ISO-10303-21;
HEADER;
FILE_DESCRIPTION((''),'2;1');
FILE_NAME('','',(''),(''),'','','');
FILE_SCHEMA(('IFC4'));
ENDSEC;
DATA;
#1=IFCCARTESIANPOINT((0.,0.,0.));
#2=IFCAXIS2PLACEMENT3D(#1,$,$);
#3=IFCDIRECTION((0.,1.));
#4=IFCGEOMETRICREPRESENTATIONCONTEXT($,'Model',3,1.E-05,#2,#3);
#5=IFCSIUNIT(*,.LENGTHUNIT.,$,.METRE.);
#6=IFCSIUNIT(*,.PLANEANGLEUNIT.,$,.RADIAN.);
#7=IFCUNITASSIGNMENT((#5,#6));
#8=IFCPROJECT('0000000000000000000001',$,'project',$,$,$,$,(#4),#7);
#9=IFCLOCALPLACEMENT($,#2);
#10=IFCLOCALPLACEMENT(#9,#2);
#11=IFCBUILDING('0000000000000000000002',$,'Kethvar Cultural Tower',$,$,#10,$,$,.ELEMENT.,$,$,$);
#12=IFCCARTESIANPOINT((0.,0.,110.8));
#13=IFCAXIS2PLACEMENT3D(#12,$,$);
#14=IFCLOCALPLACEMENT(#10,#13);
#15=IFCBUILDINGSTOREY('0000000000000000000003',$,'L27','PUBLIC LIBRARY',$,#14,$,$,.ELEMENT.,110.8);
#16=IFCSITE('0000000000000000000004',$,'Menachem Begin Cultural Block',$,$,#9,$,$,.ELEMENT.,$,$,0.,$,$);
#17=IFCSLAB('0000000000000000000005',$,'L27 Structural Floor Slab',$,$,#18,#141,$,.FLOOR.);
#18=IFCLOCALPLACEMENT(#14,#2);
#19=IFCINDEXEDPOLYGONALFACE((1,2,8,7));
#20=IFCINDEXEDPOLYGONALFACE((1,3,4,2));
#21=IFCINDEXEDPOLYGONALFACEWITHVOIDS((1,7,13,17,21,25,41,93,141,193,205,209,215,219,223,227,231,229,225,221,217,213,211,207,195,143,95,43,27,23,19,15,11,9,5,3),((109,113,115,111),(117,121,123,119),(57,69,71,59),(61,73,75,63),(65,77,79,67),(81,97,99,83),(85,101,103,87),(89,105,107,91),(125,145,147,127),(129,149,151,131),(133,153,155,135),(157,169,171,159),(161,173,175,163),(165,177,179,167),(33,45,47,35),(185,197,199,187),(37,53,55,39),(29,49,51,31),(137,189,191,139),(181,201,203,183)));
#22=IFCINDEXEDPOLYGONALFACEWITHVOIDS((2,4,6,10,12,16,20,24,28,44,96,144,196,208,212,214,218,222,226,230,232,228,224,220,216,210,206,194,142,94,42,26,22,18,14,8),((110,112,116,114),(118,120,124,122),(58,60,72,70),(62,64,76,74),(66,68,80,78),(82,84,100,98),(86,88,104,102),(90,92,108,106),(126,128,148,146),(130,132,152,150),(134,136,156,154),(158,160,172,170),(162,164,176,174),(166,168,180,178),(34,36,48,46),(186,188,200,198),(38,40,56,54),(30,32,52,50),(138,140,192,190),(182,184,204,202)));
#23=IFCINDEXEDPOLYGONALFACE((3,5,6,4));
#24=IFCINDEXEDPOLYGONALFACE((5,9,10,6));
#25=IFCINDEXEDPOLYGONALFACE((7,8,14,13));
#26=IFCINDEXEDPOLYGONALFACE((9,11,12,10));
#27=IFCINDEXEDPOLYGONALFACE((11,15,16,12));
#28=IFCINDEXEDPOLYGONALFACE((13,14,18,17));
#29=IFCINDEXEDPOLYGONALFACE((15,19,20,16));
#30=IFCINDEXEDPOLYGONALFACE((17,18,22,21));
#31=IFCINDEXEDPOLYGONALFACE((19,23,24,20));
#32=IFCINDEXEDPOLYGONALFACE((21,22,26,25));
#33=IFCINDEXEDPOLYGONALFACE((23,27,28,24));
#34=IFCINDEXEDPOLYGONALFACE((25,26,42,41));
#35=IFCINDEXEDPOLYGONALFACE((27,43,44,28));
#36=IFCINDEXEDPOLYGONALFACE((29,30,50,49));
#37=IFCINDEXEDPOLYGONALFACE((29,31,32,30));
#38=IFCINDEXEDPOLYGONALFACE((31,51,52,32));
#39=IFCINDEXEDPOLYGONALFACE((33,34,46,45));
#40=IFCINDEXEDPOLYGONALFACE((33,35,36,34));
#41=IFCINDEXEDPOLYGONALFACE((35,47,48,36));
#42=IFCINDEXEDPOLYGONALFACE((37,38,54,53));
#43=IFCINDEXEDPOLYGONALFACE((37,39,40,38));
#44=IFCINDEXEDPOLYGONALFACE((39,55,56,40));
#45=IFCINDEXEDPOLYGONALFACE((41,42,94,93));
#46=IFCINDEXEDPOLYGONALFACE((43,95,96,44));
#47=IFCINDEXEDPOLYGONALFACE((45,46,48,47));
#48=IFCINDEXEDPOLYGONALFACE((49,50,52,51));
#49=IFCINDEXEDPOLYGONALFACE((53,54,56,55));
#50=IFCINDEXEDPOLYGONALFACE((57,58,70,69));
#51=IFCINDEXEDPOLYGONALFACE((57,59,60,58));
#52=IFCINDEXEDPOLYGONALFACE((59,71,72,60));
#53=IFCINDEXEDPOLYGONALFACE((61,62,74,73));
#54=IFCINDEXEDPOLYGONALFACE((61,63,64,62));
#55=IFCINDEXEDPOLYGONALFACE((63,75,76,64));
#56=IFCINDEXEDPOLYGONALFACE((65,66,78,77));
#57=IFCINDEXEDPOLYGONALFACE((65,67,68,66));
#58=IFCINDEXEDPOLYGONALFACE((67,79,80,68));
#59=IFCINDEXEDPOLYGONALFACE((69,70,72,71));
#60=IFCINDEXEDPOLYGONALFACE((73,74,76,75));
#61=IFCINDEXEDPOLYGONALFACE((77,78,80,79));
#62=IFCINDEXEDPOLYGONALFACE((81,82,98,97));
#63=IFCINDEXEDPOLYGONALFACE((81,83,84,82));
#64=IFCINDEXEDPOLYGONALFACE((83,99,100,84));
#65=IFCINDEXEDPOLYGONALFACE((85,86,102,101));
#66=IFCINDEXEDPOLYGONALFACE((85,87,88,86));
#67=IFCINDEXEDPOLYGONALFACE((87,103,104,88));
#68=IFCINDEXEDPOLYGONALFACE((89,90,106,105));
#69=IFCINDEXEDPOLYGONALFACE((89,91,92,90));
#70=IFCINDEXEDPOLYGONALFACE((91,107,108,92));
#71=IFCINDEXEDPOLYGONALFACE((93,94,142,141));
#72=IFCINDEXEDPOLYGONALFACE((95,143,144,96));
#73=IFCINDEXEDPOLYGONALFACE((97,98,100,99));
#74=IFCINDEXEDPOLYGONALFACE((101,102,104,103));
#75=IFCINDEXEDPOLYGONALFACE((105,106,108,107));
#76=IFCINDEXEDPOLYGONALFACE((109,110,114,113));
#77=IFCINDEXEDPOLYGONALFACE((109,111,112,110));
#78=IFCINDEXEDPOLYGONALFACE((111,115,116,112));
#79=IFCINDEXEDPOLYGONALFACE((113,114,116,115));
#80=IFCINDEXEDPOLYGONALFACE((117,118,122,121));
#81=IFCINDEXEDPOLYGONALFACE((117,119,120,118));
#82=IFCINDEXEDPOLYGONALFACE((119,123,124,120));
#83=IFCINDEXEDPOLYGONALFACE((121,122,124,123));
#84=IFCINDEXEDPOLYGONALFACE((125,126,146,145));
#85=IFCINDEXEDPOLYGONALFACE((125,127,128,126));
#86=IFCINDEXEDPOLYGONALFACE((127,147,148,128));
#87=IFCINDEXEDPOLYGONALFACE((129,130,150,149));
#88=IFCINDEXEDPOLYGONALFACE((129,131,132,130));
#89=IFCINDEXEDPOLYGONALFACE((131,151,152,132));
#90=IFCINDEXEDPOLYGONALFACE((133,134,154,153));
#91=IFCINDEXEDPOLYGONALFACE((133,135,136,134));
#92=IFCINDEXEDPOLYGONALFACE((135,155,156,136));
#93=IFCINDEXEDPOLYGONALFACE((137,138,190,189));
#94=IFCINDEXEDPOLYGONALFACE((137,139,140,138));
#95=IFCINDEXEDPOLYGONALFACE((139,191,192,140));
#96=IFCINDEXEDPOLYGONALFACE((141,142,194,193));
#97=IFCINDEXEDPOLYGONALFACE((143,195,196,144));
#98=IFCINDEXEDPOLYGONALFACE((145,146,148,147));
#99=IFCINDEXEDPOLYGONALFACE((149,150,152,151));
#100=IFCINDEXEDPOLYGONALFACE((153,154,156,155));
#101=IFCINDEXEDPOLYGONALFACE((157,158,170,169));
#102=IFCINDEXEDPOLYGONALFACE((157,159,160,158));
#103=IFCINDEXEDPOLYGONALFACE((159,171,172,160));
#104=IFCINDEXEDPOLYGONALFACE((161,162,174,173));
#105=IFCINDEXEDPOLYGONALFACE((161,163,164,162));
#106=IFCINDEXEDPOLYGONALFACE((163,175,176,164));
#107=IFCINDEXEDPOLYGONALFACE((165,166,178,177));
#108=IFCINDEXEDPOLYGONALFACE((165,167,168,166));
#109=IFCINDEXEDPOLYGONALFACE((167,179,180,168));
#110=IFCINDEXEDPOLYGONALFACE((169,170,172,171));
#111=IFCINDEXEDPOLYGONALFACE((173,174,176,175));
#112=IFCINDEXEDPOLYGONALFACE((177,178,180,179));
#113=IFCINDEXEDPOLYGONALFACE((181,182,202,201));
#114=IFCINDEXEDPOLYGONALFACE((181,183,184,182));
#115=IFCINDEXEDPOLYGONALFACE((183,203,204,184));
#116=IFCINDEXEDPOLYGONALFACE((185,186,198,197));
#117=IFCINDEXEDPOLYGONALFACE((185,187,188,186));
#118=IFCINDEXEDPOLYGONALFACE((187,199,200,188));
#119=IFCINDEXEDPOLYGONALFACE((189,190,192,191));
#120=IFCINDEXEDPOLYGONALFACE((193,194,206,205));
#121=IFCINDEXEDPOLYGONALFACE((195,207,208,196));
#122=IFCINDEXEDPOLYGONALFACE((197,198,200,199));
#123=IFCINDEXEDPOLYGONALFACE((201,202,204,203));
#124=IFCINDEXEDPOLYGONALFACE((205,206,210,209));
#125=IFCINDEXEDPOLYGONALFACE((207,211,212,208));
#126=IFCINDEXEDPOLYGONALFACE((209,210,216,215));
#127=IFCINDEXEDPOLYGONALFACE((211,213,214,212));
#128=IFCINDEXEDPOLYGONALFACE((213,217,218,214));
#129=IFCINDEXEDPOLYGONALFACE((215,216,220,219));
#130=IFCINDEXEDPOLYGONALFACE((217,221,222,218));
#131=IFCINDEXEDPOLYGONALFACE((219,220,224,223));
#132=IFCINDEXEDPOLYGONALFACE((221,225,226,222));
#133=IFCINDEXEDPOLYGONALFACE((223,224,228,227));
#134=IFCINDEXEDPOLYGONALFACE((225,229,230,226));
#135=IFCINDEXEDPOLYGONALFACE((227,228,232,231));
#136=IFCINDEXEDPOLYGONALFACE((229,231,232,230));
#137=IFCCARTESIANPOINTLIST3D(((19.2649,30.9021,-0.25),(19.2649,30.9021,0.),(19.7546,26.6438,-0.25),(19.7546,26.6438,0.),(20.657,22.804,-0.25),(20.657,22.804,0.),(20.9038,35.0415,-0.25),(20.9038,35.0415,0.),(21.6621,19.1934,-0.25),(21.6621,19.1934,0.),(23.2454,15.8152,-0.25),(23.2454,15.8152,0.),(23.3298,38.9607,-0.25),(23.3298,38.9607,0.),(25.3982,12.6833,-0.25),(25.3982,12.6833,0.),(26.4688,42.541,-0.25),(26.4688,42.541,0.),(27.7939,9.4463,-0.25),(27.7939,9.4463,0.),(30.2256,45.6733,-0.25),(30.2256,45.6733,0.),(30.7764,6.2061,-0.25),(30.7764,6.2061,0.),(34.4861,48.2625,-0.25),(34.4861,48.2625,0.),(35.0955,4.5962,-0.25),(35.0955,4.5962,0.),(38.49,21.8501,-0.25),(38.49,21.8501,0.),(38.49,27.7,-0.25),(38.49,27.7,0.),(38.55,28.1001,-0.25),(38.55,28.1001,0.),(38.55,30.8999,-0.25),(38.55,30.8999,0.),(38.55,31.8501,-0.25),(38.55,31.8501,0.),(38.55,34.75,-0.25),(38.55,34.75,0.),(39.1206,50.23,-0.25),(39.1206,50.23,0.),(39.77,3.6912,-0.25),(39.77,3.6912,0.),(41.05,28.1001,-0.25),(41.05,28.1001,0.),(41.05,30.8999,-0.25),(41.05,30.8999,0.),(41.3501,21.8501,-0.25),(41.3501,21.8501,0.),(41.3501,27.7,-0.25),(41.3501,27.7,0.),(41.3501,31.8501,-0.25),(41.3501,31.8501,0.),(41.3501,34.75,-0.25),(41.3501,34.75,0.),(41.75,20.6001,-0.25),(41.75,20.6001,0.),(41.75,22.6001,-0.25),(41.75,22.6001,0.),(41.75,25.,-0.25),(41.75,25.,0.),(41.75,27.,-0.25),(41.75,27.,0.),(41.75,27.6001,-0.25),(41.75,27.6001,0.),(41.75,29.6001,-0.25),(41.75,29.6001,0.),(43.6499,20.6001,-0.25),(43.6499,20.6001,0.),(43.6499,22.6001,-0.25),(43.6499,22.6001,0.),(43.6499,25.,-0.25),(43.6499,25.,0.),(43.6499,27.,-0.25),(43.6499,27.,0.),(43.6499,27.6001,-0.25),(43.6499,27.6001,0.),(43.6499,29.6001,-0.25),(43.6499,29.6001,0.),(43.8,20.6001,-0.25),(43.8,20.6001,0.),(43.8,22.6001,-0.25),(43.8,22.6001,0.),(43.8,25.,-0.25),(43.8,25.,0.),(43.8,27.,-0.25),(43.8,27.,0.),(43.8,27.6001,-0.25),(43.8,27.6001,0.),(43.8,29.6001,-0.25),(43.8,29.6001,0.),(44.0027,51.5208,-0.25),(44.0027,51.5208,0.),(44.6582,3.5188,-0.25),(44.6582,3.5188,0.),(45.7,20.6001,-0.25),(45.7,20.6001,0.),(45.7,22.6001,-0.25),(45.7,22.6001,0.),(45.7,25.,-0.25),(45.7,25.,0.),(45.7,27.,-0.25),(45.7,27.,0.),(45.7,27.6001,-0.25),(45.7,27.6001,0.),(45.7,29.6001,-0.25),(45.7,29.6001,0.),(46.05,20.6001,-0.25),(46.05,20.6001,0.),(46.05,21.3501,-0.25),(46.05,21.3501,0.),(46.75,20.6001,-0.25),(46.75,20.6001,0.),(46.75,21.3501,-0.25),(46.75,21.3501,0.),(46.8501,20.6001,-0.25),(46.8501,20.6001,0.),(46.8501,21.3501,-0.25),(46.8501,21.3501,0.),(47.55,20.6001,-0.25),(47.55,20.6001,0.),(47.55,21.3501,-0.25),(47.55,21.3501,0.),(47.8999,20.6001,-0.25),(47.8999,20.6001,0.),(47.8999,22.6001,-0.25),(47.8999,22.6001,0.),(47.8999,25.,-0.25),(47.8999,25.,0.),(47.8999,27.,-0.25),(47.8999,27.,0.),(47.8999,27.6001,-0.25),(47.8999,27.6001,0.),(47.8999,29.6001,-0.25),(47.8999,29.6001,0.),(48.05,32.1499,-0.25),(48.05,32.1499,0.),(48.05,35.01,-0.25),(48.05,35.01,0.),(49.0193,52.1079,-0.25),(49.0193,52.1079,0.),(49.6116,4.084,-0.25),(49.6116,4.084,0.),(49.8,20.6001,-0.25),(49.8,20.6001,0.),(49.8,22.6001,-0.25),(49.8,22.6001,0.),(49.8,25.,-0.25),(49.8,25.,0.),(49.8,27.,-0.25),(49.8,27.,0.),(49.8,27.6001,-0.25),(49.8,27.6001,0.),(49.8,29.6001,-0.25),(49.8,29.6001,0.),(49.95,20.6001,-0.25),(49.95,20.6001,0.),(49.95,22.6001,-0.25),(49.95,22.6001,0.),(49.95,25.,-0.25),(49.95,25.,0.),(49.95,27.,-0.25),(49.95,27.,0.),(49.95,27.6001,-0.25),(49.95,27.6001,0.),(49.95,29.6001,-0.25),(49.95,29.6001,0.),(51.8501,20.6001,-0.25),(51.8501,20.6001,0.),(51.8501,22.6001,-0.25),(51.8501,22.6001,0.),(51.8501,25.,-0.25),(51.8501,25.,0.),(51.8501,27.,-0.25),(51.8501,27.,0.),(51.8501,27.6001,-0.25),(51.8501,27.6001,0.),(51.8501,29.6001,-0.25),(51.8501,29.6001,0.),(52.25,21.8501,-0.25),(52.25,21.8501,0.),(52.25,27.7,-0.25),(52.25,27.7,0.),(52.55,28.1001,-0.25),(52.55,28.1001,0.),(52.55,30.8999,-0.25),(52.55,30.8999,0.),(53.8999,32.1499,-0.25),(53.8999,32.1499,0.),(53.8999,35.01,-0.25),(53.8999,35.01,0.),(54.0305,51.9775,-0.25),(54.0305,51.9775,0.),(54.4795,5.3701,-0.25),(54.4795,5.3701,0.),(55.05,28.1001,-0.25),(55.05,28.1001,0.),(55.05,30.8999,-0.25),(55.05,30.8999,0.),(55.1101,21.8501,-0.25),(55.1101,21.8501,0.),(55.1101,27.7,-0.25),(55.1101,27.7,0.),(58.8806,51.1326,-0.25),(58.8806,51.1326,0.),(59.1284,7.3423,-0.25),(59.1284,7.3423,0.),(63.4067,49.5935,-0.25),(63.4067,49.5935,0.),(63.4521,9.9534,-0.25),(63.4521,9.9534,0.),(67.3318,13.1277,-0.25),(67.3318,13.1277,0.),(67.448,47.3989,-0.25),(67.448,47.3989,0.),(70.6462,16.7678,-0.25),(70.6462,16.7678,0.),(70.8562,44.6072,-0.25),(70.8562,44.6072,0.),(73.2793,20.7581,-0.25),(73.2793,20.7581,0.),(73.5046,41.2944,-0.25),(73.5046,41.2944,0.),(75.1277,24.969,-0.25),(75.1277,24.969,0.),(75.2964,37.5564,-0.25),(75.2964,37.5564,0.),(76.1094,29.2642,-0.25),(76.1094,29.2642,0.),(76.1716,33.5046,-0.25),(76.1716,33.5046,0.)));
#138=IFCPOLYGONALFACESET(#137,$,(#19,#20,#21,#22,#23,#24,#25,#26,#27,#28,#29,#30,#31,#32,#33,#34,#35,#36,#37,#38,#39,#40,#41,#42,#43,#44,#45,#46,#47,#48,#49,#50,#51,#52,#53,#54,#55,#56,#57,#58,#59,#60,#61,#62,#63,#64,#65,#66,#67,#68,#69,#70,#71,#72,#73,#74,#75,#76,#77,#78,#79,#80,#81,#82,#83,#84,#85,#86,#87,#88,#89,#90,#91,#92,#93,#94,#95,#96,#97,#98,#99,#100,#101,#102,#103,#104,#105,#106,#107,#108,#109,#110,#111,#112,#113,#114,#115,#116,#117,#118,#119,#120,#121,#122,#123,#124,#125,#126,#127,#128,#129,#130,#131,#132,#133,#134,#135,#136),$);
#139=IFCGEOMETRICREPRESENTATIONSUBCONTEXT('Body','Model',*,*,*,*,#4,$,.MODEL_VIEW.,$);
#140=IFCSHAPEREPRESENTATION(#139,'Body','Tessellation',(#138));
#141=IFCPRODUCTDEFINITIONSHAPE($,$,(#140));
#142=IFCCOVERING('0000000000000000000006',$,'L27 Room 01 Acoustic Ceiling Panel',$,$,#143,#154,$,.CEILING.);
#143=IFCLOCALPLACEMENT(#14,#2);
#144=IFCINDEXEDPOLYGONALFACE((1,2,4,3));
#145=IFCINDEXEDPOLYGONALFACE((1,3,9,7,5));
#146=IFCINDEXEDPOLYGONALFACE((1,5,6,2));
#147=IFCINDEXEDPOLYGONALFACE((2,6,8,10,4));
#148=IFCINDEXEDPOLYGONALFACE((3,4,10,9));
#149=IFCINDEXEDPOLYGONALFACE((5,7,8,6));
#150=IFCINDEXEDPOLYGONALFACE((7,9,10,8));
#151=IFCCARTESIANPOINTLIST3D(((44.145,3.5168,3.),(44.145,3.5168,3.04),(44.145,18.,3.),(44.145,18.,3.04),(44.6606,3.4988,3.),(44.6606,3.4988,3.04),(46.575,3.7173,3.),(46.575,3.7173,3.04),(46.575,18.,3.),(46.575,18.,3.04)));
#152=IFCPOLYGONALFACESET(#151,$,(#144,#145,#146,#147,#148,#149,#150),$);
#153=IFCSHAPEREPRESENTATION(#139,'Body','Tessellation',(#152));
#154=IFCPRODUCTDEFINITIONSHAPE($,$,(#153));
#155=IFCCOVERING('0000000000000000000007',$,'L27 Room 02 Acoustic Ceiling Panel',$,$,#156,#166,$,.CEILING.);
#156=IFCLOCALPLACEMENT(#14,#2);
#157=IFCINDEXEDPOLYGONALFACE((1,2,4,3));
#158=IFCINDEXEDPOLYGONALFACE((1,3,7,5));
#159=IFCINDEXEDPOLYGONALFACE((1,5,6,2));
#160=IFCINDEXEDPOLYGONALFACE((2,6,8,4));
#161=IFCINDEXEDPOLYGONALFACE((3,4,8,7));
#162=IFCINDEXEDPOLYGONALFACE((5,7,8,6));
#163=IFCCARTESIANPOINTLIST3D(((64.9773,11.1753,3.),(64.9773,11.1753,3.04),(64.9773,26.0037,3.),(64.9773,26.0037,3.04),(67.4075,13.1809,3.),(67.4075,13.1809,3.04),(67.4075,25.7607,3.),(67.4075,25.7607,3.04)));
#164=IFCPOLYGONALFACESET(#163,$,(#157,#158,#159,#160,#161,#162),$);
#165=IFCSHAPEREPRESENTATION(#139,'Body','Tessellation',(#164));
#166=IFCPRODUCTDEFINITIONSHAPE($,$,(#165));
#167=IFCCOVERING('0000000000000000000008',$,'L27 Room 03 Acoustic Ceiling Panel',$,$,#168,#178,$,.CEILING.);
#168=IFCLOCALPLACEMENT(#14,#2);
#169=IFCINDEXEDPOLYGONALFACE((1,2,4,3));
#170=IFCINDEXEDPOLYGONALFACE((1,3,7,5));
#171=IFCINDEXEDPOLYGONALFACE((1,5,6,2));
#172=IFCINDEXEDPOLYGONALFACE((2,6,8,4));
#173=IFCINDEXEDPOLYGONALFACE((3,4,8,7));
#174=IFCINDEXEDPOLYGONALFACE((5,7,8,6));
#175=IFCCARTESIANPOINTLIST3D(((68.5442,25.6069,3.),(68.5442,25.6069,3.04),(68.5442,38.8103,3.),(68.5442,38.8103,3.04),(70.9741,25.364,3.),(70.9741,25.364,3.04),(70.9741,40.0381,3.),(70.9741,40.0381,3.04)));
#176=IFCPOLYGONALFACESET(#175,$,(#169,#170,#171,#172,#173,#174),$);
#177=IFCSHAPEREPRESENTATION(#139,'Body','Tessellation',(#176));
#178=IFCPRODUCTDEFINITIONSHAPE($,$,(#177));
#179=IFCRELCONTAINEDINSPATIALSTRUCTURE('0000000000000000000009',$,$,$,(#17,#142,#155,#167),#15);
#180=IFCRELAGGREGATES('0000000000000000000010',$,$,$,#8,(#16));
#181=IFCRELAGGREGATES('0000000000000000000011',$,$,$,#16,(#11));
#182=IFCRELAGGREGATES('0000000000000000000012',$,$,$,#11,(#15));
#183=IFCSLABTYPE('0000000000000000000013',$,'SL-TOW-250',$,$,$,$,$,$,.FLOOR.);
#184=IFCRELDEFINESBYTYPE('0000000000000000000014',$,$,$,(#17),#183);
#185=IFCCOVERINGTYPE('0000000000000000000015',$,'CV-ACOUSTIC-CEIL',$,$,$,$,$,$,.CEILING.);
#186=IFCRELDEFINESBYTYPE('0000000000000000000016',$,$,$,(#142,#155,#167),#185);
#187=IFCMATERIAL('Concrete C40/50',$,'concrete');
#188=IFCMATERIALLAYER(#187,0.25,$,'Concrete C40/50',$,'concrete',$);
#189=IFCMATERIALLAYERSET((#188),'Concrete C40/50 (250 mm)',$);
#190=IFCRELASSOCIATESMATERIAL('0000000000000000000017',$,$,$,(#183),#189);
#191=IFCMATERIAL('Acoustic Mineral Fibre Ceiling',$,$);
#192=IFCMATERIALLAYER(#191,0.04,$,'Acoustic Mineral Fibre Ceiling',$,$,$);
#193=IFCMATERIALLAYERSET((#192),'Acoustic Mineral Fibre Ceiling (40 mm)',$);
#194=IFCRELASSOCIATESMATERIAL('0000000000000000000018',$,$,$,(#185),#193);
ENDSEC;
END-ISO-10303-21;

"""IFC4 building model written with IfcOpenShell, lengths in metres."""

from ifc_helpers import new_model, si_unit, direction, frame, origin, place, context, subcontext, project, spatial, polyline, outline, extrude, material, layer, layer_set, type_object, element, save


model = new_model("IFC4")

# Units and contexts
model_context = context("Model", 3, precision=1e-05, world=origin(), true_north=direction((0.0, 1.0)))
body_context = subcontext(model_context, "Body", "Model", "MODEL_VIEW")
ifc_project = project(units=[si_unit("LENGTHUNIT", "METRE"), si_unit("PLANEANGLEUNIT", "RADIAN")], contexts=[model_context])

# Site, building, storey
site_placement = place(None, origin())
site = spatial("IfcSite", under=ifc_project, at=site_placement, Name="Menachem Begin Cultural Block", CompositionType="ELEMENT", RefElevation=0.0)
building_placement = place(site_placement, origin())
building = spatial("IfcBuilding", under=site, at=building_placement, Name="Kethvar Cultural Tower", CompositionType="ELEMENT")
storey_placement = place(building_placement, frame((0.0, 0.0, 110.8)))
storey = spatial("IfcBuildingStorey", under=building, at=storey_placement, Name="L27", Description="PUBLIC LIBRARY", CompositionType="ELEMENT", Elevation=110.8)

# Shared definitions
ifc_material_1 = material(Name="Concrete C40/50", Category="concrete")

# Slab
ifc_layer_1 = layer(ifc_material_1, 0.25, Name="Concrete C40/50", Category="concrete")
ifc_layer_set_1 = layer_set([ifc_layer_1], Name="Concrete C40/50 (250 mm)")
slab_type_1 = type_object("IfcSlabType", Name="SL-TOW-250", PredefinedType="FLOOR", material=ifc_layer_set_1)
slab_1_placement = place(storey_placement, frame((0.0, 0.0, -0.25)))
element("IfcSlab", 1, at=slab_1_placement, inside=storey, type_object=slab_type_1, Name="L27 Structural Floor Slab", PredefinedType="FLOOR", context=body_context, shape_type="SweptSolid", body=[
    extrude(outline(polyline([(75.2964, 37.5564), (73.5046, 41.2944), (70.8562, 44.6072), (67.448, 47.3989), (63.4067, 49.5935), (58.8806, 51.1326), (54.0305, 51.9775), (49.0193, 52.1079), (44.0027, 51.5208), (39.1206, 50.23), (34.4861, 48.2625), (30.2256, 45.6733), (26.4688, 42.541), (23.3298, 38.9607), (20.9038, 35.0415), (19.2649, 30.9021), (19.7546, 26.6438), (20.657, 22.804), (21.6621, 19.1934), (23.2454, 15.8152), (25.3982, 12.6833), (27.7939, 9.4463), (30.7764, 6.2061), (35.0955, 4.5962), (39.77, 3.6912), (44.6582, 3.5188), (49.6116, 4.084), (54.4795, 5.3701), (59.1284, 7.3423), (63.4521, 9.9534), (67.3318, 13.1277), (70.6462, 16.7678), (73.2793, 20.7581), (75.1277, 24.969), (76.1094, 29.2642), (76.1716, 33.5046), (75.2964, 37.5564)]), holes=[polyline([(38.49, 21.8501), (38.49, 27.7), (41.3501, 27.7), (41.3501, 21.8501), (38.49, 21.8501)]), polyline([(52.25, 21.8501), (52.25, 27.7), (55.1101, 27.7), (55.1101, 21.8501), (52.25, 21.8501)]), polyline([(53.8999, 32.1499), (48.05, 32.1499), (48.05, 35.01), (53.8999, 35.01), (53.8999, 32.1499)]), polyline([(41.75, 22.6001), (43.6499, 22.6001), (43.6499, 20.6001), (41.75, 20.6001), (41.75, 22.6001)]), polyline([(43.8, 22.6001), (45.7, 22.6001), (45.7, 20.6001), (43.8, 20.6001), (43.8, 22.6001)]), polyline([(47.8999, 22.6001), (49.8, 22.6001), (49.8, 20.6001), (47.8999, 20.6001), (47.8999, 22.6001)]), polyline([(49.95, 22.6001), (51.8501, 22.6001), (51.8501, 20.6001), (49.95, 20.6001), (49.95, 22.6001)]), polyline([(41.75, 27.0), (43.6499, 27.0), (43.6499, 25.0), (41.75, 25.0), (41.75, 27.0)]), polyline([(43.8, 27.0), (45.7, 27.0), (45.7, 25.0), (43.8, 25.0), (43.8, 27.0)]), polyline([(47.8999, 27.0), (49.8, 27.0), (49.8, 25.0), (47.8999, 25.0), (47.8999, 27.0)]), polyline([(49.95, 27.0), (51.8501, 27.0), (51.8501, 25.0), (49.95, 25.0), (49.95, 27.0)]), polyline([(41.75, 29.6001), (43.6499, 29.6001), (43.6499, 27.6001), (41.75, 27.6001), (41.75, 29.6001)]), polyline([(43.8, 29.6001), (45.7, 29.6001), (45.7, 27.6001), (43.8, 27.6001), (43.8, 29.6001)]), polyline([(47.8999, 29.6001), (49.8, 29.6001), (49.8, 27.6001), (47.8999, 27.6001), (47.8999, 29.6001)]), polyline([(49.95, 29.6001), (51.8501, 29.6001), (51.8501, 27.6001), (49.95, 27.6001), (49.95, 29.6001)]), polyline([(38.55, 30.8999), (41.05, 30.8999), (41.05, 28.1001), (38.55, 28.1001), (38.55, 30.8999)]), polyline([(52.55, 30.8999), (55.05, 30.8999), (55.05, 28.1001), (52.55, 28.1001), (52.55, 30.8999)]), polyline([(38.55, 34.75), (41.3501, 34.75), (41.3501, 31.8501), (38.55, 31.8501), (38.55, 34.75)]), polyline([(46.05, 21.3501), (46.75, 21.3501), (46.75, 20.6001), (46.05, 20.6001), (46.05, 21.3501)]), polyline([(46.8501, 21.3501), (47.55, 21.3501), (47.55, 20.6001), (46.8501, 20.6001), (46.8501, 21.3501)])]), origin(), (0.0, 0.0, 1.0), 0.25),
])

# Coverings
ifc_material_2 = material(Name="Acoustic Mineral Fibre Ceiling")
ifc_layer_2 = layer(ifc_material_2, 0.04, Name="Acoustic Mineral Fibre Ceiling")
ifc_layer_set_2 = layer_set([ifc_layer_2], Name="Acoustic Mineral Fibre Ceiling (40 mm)")
covering_type_1 = type_object("IfcCoveringType", Name="CV-ACOUSTIC-CEIL", PredefinedType="CEILING", material=ifc_layer_set_2)
covering_1_placement = place(storey_placement, frame((0.0, 0.0, 3.0)))
element("IfcCovering", 2, at=covering_1_placement, inside=storey, type_object=covering_type_1, Name="L27 Room 01 Acoustic Ceiling Panel", PredefinedType="CEILING", context=body_context, shape_type="SweptSolid", body=[
    extrude(outline(polyline([(44.6606, 3.4988), (44.145, 3.5168), (44.145, 18.0), (46.575, 18.0), (46.575, 3.7173), (44.6606, 3.4988)])), origin(), (0.0, 0.0, 1.0), 0.04),
])
covering_2_placement = place(storey_placement, frame((0.0, 0.0, 3.0)))
element("IfcCovering", 3, at=covering_2_placement, inside=storey, type_object=covering_type_1, Name="L27 Room 02 Acoustic Ceiling Panel", PredefinedType="CEILING", context=body_context, shape_type="SweptSolid", body=[
    extrude(outline(polyline([(67.4075, 13.1809), (64.9773, 11.1753), (64.9773, 26.0037), (67.4075, 25.7607), (67.4075, 13.1809)])), origin(), (0.0, 0.0, 1.0), 0.04),
])
covering_3_placement = place(storey_placement, frame((0.0, 0.0, 3.0)))
element("IfcCovering", 4, at=covering_3_placement, inside=storey, type_object=covering_type_1, Name="L27 Room 03 Acoustic Ceiling Panel", PredefinedType="CEILING", context=body_context, shape_type="SweptSolid", body=[
    extrude(outline(polyline([(68.5442, 25.6069), (68.5442, 38.8103), (70.9741, 40.0381), (70.9741, 25.364), (68.5442, 25.6069)])), origin(), (0.0, 0.0, 1.0), 0.04),
])

save(model, "model.ifc")
